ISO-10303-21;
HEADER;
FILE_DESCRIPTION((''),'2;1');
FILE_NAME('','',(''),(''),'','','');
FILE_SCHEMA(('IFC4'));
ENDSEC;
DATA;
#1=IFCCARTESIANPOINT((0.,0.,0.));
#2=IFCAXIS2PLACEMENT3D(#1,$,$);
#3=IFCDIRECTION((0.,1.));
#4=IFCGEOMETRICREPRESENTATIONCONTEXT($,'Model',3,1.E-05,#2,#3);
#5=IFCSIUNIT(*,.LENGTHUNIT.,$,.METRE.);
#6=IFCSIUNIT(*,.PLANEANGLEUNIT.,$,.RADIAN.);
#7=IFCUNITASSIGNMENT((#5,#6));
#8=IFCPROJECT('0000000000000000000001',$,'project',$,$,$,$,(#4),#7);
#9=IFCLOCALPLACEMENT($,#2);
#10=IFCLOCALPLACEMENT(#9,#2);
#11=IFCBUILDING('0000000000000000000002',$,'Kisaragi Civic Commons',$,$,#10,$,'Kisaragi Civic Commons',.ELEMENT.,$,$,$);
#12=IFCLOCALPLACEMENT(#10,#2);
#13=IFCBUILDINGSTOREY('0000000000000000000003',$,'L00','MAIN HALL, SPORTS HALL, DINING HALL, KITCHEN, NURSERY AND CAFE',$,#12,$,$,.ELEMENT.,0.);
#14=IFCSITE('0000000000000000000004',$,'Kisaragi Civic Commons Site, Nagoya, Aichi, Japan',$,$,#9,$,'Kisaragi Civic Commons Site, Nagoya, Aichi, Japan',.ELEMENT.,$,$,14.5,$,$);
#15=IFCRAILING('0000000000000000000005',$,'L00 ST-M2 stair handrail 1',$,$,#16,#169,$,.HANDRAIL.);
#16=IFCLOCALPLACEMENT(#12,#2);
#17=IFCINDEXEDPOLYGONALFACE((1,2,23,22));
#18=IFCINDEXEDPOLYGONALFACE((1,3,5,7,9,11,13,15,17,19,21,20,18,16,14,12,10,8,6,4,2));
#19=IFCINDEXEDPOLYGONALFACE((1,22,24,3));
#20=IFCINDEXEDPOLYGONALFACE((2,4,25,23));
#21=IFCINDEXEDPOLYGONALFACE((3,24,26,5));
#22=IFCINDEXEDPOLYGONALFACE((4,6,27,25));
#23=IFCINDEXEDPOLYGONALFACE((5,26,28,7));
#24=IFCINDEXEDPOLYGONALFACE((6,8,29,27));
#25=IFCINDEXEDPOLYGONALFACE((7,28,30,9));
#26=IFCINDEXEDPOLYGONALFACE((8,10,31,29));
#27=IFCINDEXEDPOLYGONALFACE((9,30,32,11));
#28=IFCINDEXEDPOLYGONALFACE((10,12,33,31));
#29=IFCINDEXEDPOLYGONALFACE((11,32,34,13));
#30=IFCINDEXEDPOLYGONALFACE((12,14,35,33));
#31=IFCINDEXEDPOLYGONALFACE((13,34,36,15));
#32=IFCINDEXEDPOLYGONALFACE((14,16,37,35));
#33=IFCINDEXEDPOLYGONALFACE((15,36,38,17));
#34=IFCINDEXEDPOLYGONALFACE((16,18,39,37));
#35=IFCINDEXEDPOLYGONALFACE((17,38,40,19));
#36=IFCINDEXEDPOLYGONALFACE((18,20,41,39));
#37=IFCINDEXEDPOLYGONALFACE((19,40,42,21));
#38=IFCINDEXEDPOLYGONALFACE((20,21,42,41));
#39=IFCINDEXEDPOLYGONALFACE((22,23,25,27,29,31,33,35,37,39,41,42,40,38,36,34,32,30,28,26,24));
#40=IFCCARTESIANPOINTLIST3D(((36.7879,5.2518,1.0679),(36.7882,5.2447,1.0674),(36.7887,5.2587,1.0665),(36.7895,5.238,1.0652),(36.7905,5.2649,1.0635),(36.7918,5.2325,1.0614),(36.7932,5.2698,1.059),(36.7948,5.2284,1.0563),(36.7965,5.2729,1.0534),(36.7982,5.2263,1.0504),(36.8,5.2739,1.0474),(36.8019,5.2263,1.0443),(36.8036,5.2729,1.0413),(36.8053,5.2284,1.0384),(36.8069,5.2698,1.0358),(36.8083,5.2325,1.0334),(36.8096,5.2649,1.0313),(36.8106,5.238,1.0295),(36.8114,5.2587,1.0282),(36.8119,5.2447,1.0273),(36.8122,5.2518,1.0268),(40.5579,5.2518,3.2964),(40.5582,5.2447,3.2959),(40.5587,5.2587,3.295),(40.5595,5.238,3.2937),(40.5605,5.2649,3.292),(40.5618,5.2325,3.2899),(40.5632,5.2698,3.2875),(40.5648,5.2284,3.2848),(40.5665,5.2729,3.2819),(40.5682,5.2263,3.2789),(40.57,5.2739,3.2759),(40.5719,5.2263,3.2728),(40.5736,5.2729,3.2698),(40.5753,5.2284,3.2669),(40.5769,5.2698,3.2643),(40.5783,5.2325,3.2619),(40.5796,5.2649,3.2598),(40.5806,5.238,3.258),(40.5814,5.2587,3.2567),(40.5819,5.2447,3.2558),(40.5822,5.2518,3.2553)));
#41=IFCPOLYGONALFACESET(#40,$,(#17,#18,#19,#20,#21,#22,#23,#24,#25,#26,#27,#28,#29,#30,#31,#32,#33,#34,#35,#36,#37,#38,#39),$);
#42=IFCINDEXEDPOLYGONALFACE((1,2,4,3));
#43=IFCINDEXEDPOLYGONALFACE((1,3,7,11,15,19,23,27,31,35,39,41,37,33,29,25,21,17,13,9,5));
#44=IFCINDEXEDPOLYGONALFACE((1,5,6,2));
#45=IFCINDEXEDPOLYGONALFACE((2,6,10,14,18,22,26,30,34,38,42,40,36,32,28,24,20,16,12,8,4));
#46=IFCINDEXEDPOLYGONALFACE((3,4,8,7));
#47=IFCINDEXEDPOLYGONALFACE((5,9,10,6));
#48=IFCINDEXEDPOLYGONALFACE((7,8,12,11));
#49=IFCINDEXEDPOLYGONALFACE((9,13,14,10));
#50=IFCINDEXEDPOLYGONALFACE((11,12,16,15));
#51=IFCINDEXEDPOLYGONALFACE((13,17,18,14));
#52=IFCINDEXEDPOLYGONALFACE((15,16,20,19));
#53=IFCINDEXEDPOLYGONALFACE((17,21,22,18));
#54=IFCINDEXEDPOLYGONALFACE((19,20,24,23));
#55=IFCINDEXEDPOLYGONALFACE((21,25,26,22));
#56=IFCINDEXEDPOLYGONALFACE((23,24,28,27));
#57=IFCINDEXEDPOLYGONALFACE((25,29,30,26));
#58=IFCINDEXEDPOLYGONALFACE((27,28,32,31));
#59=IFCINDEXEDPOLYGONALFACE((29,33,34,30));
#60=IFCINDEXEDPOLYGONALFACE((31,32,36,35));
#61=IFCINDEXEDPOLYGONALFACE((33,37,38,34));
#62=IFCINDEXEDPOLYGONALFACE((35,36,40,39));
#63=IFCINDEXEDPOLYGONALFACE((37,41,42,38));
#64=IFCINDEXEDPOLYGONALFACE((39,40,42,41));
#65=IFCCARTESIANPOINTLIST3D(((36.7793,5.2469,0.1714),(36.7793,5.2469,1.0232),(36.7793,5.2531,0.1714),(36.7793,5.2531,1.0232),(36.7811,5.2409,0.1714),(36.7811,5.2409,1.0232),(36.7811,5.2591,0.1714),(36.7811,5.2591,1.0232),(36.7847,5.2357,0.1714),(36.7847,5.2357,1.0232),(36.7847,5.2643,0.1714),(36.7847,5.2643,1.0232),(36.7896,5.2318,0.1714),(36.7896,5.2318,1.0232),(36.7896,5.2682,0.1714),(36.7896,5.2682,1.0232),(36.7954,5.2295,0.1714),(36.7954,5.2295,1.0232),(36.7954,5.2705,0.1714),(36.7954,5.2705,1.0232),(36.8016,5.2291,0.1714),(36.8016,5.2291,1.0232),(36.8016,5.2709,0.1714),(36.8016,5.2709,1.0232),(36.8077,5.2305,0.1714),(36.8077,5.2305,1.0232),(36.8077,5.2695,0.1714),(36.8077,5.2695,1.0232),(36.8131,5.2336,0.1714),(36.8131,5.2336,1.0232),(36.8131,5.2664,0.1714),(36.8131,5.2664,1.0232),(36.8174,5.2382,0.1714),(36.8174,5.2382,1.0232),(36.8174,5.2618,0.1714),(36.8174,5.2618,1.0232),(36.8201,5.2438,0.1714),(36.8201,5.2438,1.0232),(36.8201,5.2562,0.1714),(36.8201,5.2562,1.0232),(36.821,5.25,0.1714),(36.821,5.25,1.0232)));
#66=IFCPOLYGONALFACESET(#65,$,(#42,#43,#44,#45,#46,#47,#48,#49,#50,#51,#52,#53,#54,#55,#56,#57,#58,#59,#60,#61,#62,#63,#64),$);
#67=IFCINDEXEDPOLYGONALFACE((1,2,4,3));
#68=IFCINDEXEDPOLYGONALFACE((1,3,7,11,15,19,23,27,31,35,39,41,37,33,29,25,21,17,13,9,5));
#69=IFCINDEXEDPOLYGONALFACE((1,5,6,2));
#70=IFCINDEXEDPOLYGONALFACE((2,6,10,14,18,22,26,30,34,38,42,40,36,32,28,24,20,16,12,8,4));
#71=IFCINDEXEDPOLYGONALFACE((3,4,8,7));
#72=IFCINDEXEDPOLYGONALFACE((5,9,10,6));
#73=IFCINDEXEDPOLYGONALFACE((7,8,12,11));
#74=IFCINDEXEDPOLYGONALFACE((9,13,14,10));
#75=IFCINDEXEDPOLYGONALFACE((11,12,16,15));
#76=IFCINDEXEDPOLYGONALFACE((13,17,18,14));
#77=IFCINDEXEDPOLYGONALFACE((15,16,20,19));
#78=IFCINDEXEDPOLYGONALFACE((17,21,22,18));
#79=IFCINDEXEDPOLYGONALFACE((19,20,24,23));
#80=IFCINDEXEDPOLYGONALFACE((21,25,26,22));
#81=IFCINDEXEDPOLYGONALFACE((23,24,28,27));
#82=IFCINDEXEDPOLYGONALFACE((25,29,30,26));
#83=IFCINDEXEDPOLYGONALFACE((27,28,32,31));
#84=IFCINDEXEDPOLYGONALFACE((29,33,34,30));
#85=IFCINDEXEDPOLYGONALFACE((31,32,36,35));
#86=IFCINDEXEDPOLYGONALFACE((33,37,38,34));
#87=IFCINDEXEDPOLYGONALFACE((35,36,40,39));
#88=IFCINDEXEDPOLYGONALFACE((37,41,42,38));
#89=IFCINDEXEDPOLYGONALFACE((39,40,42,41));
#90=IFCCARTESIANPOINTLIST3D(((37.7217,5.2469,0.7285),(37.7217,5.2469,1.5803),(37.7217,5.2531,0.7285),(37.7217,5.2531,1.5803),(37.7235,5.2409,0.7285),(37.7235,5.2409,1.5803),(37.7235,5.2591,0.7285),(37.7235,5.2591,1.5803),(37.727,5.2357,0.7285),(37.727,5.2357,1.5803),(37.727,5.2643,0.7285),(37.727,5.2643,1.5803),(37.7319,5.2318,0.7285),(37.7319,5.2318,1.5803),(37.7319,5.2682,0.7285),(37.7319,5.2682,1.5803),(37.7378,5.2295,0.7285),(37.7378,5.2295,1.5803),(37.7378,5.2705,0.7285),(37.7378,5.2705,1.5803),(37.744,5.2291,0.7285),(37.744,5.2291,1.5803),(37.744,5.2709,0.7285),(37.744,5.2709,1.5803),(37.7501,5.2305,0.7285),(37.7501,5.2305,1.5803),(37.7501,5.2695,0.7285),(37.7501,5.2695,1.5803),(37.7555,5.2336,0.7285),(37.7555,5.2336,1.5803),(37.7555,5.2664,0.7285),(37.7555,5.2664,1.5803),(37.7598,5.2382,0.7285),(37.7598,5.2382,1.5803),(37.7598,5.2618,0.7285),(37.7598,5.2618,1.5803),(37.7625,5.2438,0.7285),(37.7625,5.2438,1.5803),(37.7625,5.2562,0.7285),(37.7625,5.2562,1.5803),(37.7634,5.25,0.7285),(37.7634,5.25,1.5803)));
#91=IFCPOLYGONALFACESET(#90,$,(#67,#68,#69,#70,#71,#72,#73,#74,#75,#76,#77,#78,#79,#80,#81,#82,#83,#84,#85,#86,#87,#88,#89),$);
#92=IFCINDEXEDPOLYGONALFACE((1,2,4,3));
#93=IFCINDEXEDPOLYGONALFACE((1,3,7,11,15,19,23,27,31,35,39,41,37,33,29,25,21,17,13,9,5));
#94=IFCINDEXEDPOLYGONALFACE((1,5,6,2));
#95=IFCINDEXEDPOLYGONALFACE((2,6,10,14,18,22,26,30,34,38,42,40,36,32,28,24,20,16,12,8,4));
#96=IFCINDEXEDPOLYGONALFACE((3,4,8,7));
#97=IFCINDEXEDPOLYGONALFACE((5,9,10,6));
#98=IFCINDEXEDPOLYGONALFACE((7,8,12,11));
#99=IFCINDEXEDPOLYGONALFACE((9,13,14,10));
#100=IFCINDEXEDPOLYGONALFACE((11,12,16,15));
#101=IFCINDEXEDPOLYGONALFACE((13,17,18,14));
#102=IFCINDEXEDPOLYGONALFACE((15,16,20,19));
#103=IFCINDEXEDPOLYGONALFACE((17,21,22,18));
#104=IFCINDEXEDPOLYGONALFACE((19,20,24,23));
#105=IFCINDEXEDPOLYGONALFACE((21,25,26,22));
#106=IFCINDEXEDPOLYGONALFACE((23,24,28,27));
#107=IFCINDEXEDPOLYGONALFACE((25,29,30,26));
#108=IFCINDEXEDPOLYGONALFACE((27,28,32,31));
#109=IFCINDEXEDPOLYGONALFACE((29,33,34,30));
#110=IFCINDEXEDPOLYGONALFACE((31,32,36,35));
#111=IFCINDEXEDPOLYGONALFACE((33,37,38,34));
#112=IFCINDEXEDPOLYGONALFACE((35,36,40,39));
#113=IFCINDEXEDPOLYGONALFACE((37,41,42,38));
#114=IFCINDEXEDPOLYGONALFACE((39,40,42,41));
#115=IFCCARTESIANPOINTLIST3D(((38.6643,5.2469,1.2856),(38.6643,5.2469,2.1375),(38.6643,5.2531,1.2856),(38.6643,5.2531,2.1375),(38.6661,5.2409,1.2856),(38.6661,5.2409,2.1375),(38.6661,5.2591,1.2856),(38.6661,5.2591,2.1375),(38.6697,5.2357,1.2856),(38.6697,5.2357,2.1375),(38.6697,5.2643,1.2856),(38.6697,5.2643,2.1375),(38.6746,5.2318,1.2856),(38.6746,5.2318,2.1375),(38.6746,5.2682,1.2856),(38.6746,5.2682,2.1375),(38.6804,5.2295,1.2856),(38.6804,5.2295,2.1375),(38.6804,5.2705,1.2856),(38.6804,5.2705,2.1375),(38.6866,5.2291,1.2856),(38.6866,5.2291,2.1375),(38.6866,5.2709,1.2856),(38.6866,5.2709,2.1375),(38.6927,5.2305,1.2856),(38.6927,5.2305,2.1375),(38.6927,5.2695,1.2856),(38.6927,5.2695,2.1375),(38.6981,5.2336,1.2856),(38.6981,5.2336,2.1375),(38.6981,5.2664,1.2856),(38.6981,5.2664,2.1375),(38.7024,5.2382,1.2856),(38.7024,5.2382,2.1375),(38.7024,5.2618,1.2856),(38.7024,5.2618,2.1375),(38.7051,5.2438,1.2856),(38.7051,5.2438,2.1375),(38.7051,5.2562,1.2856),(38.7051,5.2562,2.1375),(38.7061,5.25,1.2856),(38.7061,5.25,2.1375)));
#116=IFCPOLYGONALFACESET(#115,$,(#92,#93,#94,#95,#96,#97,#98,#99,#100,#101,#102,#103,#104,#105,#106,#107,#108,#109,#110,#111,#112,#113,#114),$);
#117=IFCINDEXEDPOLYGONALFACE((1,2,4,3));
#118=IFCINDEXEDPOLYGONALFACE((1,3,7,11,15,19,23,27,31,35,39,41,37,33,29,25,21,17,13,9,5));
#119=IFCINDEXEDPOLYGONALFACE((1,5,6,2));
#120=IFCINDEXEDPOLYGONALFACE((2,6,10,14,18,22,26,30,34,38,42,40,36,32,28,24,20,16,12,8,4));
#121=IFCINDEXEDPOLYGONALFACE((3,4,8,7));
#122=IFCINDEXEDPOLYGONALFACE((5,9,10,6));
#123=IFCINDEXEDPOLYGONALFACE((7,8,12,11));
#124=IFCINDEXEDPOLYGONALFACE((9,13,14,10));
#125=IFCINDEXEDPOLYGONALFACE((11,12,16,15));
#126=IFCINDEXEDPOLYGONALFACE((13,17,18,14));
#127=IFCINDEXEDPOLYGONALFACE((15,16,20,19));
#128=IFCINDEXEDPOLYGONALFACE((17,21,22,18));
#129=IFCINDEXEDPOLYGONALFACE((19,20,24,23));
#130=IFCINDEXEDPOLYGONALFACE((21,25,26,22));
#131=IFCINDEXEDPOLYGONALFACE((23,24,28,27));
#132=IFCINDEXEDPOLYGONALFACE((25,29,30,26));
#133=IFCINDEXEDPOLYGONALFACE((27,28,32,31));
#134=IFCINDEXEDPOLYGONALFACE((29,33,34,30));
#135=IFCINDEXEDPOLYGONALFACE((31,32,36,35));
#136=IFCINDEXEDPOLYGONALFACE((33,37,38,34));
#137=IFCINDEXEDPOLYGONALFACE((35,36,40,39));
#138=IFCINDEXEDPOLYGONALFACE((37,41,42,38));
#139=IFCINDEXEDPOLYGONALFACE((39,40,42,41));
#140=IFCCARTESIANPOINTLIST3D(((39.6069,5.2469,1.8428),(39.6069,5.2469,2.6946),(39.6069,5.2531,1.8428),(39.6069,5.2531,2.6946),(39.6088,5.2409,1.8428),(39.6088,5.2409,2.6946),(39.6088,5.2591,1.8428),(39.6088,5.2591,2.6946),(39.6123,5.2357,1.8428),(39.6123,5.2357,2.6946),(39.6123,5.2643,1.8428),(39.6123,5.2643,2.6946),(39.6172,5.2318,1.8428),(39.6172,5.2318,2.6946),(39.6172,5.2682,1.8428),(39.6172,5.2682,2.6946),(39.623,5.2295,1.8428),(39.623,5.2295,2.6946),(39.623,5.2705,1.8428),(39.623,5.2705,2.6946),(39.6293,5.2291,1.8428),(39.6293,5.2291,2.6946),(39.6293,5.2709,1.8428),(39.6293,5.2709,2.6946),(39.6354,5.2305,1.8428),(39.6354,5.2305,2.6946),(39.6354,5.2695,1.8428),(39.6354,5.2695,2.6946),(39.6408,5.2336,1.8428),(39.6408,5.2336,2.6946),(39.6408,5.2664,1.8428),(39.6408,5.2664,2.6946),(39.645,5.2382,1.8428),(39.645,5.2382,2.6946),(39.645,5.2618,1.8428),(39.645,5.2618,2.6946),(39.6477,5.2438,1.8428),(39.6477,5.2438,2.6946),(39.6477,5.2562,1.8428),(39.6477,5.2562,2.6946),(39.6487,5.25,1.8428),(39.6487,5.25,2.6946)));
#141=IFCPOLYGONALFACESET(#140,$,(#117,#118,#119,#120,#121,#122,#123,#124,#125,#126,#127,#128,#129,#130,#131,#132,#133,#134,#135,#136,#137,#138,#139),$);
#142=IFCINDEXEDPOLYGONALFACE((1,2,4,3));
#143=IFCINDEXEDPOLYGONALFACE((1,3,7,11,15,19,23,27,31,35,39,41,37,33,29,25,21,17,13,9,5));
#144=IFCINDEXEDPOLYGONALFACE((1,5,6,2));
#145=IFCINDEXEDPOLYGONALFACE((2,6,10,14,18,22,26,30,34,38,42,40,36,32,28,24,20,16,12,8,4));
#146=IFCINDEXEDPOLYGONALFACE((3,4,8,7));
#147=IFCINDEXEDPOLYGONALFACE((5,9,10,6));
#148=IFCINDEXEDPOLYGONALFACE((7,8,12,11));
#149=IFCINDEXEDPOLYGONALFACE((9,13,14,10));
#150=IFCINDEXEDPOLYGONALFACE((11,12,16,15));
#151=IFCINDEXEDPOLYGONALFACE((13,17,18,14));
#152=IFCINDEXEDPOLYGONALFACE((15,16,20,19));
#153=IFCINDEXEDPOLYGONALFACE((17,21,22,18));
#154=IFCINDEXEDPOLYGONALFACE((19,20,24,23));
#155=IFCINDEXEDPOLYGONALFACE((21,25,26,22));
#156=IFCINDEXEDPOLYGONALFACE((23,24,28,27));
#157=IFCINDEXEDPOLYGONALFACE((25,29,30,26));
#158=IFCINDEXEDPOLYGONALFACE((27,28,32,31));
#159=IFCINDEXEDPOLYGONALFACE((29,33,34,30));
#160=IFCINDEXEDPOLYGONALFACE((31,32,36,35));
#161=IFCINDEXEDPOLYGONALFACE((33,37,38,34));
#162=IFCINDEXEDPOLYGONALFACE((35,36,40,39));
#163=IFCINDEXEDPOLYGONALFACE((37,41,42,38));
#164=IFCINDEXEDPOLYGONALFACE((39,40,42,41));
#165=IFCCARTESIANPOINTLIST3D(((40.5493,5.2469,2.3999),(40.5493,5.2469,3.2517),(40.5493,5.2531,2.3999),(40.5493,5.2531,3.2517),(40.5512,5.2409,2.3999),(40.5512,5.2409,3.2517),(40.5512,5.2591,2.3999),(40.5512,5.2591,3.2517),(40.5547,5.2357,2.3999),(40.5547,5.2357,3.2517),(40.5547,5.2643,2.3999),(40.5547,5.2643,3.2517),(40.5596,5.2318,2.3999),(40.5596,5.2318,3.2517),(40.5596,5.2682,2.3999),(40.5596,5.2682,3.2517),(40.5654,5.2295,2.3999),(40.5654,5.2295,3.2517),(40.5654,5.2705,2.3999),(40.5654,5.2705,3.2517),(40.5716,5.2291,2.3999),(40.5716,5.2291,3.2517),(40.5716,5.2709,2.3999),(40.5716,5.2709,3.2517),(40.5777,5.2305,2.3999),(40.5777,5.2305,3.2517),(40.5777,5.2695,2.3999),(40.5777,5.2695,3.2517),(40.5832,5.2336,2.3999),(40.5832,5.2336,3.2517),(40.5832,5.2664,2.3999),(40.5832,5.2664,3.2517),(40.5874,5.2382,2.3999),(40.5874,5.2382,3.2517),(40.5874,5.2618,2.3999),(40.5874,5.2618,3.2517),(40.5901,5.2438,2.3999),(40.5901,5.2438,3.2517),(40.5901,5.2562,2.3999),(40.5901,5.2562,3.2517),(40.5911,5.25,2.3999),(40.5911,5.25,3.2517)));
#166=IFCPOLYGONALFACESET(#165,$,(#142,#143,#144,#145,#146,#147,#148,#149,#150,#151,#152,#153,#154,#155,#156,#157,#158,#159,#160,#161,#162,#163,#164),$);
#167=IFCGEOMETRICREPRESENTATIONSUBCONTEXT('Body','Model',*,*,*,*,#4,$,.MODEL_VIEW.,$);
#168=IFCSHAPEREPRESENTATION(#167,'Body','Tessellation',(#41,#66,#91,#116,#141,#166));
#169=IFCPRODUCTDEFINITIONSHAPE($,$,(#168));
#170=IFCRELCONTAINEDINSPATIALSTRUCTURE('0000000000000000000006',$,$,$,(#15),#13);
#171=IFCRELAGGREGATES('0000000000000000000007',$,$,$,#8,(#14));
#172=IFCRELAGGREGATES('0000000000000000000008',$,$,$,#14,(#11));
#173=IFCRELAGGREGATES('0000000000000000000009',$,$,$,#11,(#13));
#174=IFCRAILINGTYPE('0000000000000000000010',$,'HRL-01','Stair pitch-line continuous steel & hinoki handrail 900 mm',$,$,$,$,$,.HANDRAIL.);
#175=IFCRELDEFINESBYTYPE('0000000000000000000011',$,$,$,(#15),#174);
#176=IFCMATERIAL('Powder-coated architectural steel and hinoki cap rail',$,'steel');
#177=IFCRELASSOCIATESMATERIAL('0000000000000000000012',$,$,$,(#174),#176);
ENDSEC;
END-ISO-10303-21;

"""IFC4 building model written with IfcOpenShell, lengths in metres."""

from ifc_helpers import new_model, si_unit, direction, frame, origin, origin_2d, place, context, subcontext, project, spatial, circle, extrude, material, type_object, element, save


model = new_model("IFC4")

# Units and contexts
model_context = context("Model", 3, precision=1e-05, world=origin(), true_north=direction((0.0, 1.0)))
body_context = subcontext(model_context, "Body", "Model", "MODEL_VIEW")
ifc_project = project(units=[si_unit("LENGTHUNIT", "METRE"), si_unit("PLANEANGLEUNIT", "RADIAN")], contexts=[model_context])

# Site, building, storey
site_placement = place(None, origin())
site = spatial("IfcSite", under=ifc_project, at=site_placement, Name="Kisaragi Civic Commons Site, Nagoya, Aichi, Japan", LongName="Kisaragi Civic Commons Site, Nagoya, Aichi, Japan", CompositionType="ELEMENT", RefElevation=14.5)
building_placement = place(site_placement, origin())
building = spatial("IfcBuilding", under=site, at=building_placement, Name="Kisaragi Civic Commons", LongName="Kisaragi Civic Commons", CompositionType="ELEMENT")
storey_placement = place(building_placement, origin())
storey = spatial("IfcBuildingStorey", under=building, at=storey_placement, Name="L00", Description="MAIN HALL, SPORTS HALL, DINING HALL, KITCHEN, NURSERY AND CAFE", CompositionType="ELEMENT", Elevation=0.0)

# Railing
ifc_material_1 = material(Name="Powder-coated architectural steel and hinoki cap rail", Category="steel")
railing_type_1 = type_object("IfcRailingType", Name="HRL-01", Description="Stair pitch-line continuous steel & hinoki handrail 900 mm", PredefinedType="HANDRAIL", material=ifc_material_1)
railing_1_placement = place(storey_placement, frame((36.8, 5.25, 0.1714)))
element("IfcRailing", 1, at=railing_1_placement, inside=storey, type_object=railing_type_1, Name="L00 ST-M2 stair handrail 1", PredefinedType="HANDRAIL", context=body_context, shape_type="SweptSolid", body=[
    extrude(circle(Radius=0.0239, at=origin_2d()), frame((0.0, 0.0, 0.876), z_axis=(0.860849, 0.0, 0.508861), x_axis=(0.0, 1.0, 0.0)), (0.0, 0.0, 1.0), 4.3794),
    extrude(circle(Radius=0.021, at=origin_2d()), origin(), (0.0, 0.0, 1.0), 0.8518),
    extrude(circle(Radius=0.021, at=origin_2d()), frame((0.9424, 0.0, 0.5571)), (0.0, 0.0, 1.0), 0.8518),
    extrude(circle(Radius=0.021, at=origin_2d()), frame((1.885, 0.0, 1.1143)), (0.0, 0.0, 1.0), 0.8518),
    extrude(circle(Radius=0.021, at=origin_2d()), frame((2.8276, 0.0, 1.6714)), (0.0, 0.0, 1.0), 0.8518),
    extrude(circle(Radius=0.021, at=origin_2d()), frame((3.77, 0.0, 2.2285)), (0.0, 0.0, 1.0), 0.8518),
])

save(model, "model.ifc")
